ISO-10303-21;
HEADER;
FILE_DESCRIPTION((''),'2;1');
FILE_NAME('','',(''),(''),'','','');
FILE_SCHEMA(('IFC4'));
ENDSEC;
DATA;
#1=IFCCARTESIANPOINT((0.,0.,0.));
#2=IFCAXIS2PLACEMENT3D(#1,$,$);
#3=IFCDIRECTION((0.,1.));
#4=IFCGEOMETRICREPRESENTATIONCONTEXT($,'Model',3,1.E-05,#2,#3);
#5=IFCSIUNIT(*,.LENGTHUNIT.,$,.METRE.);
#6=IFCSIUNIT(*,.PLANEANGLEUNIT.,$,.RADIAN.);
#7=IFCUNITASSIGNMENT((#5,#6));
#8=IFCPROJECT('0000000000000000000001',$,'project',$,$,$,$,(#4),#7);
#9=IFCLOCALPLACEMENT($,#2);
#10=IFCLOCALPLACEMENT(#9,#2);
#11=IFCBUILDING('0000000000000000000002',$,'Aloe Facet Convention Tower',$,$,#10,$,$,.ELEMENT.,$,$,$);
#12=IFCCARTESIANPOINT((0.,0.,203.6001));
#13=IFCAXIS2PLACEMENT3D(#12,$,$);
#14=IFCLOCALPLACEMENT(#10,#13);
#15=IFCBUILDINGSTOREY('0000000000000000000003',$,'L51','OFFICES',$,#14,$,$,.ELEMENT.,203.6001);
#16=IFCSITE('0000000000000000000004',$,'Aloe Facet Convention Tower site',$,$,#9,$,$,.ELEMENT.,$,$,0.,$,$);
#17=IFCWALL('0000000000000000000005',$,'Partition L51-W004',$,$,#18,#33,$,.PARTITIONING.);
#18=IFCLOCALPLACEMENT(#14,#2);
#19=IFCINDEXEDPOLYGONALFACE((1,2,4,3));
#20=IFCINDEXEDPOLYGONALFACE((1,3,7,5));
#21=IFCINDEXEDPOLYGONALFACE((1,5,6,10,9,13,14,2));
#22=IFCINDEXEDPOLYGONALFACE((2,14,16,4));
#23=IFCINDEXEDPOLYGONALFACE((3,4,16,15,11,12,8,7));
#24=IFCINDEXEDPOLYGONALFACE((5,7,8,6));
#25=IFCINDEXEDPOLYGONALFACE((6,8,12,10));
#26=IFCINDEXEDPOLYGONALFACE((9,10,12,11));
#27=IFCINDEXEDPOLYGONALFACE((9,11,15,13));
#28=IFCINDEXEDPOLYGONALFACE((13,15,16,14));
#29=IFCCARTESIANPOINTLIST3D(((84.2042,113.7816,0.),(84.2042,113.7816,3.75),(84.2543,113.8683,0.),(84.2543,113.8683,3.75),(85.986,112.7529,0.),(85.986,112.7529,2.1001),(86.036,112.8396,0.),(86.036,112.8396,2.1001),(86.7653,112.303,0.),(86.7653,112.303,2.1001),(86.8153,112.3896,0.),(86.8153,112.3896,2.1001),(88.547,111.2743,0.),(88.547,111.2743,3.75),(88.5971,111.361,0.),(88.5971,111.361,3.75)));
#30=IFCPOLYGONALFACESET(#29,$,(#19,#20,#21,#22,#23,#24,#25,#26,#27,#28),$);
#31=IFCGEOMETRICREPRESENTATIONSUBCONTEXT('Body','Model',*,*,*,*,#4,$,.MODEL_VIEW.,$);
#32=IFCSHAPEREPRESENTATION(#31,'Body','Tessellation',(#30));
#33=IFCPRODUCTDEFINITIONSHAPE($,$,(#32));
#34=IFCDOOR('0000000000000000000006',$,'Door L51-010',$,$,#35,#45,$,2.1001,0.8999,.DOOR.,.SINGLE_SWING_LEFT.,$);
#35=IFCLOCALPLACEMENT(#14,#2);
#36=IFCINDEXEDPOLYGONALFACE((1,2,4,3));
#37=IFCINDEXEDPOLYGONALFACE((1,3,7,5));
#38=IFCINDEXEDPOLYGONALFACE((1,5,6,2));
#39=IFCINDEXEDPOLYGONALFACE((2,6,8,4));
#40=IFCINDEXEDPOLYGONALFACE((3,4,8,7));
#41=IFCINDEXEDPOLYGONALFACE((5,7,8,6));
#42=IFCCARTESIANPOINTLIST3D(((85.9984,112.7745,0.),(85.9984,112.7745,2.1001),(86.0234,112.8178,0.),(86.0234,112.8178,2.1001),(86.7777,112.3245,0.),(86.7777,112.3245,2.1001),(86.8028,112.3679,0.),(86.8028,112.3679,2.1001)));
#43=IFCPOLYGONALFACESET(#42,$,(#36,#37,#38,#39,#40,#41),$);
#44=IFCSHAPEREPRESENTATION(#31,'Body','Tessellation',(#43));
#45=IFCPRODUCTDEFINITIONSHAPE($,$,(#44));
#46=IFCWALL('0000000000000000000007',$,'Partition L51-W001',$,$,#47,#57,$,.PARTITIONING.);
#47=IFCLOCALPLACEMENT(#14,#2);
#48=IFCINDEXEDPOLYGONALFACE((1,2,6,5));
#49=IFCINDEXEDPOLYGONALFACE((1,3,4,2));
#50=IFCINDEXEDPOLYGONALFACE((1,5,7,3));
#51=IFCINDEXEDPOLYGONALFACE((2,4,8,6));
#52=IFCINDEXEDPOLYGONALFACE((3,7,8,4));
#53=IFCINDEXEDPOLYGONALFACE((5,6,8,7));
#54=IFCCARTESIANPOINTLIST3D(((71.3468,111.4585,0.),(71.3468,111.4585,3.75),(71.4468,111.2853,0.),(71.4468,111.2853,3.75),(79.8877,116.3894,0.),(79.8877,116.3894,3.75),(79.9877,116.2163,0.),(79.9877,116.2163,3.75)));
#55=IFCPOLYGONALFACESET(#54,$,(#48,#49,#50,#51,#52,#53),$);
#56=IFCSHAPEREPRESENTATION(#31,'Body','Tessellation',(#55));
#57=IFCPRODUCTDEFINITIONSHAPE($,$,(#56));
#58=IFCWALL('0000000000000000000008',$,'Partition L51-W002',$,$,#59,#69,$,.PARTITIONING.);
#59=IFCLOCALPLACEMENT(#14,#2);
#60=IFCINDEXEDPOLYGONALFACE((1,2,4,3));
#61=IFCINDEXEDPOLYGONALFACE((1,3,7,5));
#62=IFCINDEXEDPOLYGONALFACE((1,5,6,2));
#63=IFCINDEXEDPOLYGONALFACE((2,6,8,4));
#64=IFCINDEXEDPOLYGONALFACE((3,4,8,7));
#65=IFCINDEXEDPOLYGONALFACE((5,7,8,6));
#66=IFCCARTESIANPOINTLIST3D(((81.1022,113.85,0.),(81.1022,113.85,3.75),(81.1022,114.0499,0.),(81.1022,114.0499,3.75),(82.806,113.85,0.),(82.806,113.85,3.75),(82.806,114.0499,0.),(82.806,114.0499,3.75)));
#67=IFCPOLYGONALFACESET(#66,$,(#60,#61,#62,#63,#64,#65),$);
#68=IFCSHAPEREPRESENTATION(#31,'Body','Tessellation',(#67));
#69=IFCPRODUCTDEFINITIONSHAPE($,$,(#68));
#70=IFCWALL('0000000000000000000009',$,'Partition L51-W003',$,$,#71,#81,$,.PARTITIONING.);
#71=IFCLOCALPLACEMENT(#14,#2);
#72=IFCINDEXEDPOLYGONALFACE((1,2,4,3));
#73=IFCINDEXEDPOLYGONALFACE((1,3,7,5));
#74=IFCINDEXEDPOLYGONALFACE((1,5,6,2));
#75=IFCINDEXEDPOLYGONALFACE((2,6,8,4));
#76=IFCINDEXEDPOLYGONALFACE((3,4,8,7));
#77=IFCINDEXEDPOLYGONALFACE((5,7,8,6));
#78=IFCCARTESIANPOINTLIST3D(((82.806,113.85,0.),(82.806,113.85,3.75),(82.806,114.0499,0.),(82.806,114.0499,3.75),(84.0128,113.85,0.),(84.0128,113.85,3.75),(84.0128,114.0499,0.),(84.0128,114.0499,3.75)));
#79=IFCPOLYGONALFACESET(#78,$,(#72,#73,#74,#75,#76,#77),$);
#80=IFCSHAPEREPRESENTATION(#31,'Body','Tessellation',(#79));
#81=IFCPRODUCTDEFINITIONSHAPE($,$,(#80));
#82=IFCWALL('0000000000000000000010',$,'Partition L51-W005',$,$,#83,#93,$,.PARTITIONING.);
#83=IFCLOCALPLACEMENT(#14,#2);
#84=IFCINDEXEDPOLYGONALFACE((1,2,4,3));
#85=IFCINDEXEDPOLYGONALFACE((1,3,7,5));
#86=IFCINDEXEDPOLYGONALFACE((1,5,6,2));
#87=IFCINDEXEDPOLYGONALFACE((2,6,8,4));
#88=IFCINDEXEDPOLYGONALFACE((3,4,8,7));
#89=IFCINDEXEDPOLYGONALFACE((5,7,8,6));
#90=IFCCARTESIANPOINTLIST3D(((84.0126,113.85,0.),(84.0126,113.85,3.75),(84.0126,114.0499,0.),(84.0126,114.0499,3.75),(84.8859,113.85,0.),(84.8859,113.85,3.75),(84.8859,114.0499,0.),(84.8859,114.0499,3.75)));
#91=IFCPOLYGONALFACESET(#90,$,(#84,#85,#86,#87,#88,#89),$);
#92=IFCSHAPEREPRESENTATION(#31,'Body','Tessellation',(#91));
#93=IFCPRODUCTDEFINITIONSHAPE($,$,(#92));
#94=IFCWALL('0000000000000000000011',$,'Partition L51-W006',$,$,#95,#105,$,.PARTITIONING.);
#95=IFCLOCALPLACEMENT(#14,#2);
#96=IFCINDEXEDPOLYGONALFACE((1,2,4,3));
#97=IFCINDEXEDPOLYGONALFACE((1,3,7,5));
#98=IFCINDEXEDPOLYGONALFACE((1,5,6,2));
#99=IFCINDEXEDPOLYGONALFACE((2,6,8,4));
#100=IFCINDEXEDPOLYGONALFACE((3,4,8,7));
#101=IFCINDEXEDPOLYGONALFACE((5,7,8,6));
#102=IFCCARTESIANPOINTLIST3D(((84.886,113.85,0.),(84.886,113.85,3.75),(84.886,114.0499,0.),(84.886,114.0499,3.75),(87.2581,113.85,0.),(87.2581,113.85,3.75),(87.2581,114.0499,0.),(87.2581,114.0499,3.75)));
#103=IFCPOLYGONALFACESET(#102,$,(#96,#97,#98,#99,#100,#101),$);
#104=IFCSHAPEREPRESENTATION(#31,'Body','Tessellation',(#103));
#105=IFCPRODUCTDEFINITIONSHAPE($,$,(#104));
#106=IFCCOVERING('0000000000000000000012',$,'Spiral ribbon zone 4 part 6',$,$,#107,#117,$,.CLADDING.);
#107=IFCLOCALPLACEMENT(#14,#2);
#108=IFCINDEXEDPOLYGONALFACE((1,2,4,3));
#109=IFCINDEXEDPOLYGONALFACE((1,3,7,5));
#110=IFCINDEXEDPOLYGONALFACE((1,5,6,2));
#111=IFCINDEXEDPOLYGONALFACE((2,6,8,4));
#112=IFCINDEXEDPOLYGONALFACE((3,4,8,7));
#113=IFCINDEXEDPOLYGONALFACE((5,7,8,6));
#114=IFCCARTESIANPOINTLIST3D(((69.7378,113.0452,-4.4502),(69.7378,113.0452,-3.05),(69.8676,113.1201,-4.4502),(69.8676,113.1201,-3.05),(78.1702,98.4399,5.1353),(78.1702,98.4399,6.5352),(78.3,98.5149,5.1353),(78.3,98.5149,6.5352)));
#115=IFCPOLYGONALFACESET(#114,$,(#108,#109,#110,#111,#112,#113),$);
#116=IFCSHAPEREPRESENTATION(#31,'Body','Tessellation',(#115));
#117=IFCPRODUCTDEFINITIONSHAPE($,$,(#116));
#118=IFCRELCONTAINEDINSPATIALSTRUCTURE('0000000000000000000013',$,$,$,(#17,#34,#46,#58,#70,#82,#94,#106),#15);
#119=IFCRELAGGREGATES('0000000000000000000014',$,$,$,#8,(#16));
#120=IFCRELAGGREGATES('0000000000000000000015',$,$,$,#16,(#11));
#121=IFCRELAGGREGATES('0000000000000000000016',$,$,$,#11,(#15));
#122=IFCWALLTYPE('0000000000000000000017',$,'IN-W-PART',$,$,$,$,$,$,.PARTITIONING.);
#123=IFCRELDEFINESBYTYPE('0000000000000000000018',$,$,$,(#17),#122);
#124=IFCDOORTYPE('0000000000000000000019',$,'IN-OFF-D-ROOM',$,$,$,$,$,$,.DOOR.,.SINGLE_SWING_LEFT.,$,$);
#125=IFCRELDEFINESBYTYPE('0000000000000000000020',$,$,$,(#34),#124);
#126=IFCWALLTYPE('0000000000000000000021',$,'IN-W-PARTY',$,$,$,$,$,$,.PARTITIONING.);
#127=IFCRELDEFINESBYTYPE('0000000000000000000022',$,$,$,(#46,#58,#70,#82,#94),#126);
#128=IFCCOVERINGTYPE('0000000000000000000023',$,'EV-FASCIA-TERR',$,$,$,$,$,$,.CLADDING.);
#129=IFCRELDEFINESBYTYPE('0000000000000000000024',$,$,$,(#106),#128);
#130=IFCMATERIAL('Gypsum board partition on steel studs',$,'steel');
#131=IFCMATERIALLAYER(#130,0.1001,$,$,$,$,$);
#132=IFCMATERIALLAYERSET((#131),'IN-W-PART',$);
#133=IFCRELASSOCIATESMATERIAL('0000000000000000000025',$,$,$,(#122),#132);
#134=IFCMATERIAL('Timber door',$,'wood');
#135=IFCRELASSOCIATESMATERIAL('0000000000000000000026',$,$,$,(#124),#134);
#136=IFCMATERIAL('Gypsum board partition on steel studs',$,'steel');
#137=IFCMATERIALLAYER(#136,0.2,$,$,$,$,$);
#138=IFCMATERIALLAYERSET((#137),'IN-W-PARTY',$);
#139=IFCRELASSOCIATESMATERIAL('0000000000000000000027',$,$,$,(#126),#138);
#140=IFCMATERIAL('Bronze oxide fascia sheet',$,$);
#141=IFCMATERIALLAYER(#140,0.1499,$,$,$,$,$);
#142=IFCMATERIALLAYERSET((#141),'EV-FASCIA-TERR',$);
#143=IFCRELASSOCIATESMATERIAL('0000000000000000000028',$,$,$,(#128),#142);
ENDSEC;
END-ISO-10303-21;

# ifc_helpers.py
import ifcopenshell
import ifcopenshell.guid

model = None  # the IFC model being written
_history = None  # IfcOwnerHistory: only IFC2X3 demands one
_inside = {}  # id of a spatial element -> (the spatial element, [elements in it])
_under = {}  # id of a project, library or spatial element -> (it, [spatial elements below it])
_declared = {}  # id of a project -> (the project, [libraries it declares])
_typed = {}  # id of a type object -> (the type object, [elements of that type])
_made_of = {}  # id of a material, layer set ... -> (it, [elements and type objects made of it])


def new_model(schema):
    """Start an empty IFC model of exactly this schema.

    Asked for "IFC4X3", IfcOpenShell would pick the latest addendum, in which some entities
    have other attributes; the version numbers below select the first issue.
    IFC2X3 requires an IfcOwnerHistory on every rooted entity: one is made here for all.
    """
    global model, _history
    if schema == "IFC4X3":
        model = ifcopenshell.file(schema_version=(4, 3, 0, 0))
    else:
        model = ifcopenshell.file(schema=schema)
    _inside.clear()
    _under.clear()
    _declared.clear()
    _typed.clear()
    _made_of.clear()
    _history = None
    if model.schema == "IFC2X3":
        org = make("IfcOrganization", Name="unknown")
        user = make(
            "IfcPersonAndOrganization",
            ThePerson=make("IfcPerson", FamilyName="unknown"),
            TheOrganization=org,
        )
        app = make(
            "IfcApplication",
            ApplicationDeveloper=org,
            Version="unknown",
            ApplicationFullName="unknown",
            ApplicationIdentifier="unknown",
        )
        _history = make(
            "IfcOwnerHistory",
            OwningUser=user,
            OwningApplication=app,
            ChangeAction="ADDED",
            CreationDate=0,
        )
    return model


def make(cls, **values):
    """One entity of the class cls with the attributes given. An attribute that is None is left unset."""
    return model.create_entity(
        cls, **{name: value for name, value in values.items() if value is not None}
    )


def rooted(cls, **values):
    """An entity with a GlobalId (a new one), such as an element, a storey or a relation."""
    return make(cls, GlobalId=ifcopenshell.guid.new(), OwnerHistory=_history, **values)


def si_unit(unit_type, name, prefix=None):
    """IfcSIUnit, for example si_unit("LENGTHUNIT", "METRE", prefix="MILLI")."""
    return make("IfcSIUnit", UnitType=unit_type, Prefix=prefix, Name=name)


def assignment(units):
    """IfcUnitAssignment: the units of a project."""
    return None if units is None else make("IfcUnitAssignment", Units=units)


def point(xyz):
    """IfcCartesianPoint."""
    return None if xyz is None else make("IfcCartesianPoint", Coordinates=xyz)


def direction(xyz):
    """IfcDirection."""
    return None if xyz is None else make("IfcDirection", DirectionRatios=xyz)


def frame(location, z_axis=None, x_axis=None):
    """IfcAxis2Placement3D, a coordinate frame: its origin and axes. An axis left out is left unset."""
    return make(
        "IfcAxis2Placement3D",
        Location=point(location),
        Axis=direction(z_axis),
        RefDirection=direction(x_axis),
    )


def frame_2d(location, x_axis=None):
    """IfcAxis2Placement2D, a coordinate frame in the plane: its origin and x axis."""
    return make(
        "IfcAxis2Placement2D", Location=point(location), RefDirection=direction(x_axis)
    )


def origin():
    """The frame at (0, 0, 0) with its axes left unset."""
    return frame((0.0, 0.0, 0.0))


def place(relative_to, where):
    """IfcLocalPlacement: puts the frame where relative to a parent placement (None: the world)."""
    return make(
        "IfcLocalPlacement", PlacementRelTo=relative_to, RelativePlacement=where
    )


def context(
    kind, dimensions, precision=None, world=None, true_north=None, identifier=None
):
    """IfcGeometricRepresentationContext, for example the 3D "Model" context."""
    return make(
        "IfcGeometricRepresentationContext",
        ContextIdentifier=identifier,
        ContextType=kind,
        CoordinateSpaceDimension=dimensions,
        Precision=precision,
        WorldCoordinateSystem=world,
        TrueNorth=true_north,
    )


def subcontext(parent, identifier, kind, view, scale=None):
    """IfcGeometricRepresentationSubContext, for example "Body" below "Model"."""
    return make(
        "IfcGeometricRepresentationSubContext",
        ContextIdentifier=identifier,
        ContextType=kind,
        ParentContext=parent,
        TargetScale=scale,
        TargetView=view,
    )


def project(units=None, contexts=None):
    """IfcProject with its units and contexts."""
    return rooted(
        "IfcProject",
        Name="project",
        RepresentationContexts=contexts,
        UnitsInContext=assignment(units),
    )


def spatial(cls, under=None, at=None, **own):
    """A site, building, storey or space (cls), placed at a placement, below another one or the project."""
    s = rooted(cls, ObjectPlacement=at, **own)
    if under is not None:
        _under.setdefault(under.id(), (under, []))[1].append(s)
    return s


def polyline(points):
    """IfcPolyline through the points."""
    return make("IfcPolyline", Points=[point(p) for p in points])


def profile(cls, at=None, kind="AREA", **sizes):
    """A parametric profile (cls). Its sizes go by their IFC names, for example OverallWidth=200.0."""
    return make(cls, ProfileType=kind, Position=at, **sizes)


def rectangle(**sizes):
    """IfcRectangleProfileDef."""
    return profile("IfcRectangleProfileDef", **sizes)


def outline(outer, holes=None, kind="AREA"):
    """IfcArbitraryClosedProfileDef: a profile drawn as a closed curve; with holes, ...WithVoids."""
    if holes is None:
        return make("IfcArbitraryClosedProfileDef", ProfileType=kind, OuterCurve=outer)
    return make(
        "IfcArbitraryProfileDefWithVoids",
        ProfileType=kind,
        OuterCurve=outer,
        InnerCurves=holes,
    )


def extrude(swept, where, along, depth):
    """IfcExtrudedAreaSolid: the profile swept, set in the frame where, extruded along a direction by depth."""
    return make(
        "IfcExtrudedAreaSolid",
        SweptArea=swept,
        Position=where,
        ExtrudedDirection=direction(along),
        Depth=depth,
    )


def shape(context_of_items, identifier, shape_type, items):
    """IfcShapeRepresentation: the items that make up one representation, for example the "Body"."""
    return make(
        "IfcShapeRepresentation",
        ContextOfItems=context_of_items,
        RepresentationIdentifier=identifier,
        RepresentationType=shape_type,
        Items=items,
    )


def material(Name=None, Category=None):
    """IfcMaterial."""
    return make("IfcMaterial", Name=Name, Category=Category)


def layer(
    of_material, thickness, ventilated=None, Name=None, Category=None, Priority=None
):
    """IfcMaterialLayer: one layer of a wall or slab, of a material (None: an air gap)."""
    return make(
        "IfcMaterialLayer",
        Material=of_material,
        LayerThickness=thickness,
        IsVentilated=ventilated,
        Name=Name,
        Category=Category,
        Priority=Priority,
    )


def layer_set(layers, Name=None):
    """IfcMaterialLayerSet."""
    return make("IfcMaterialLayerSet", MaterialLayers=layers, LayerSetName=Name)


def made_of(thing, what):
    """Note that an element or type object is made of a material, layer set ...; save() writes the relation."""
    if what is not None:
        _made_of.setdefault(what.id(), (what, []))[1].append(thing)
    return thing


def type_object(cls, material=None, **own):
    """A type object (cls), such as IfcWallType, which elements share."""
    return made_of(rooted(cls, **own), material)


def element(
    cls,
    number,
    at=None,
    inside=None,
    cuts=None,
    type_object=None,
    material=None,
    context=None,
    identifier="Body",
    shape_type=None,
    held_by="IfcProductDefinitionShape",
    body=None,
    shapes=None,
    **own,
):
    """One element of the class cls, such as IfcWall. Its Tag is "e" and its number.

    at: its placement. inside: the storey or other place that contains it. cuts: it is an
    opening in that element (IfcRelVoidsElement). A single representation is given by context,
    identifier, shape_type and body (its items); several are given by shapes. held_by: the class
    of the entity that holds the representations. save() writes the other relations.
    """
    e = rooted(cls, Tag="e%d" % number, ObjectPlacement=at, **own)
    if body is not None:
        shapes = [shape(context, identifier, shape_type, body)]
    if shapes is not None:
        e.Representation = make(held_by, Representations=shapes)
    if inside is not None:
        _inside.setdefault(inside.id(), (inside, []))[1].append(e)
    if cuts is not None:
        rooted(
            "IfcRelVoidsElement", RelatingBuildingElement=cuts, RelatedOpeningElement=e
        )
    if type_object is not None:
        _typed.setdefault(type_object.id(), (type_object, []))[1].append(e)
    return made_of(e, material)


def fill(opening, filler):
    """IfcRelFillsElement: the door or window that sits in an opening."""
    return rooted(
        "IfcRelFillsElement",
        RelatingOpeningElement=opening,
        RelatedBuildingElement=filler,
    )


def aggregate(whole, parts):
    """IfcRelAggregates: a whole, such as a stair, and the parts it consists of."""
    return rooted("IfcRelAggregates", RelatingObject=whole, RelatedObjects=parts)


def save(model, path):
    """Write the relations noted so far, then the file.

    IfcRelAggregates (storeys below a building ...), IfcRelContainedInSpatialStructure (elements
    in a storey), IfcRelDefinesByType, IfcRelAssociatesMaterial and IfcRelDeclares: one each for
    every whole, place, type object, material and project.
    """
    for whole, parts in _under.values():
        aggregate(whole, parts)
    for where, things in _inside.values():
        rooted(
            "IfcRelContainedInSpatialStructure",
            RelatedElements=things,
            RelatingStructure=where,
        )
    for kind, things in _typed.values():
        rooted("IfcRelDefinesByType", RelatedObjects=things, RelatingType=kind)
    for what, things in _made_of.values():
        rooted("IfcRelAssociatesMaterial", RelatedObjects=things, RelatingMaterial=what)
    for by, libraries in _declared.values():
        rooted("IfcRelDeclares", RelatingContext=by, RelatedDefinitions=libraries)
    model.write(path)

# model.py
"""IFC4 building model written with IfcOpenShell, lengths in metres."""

from ifc_helpers import new_model, si_unit, direction, frame, frame_2d, origin, place, context, subcontext, project, spatial, polyline, rectangle, outline, extrude, material, layer, layer_set, type_object, element, fill, save


model = new_model("IFC4")

# Units and contexts
model_context = context("Model", 3, precision=1e-05, world=origin(), true_north=direction((0.0, 1.0)))
body_context = subcontext(model_context, "Body", "Model", "MODEL_VIEW")
ifc_project = project(units=[si_unit("LENGTHUNIT", "METRE"), si_unit("PLANEANGLEUNIT", "RADIAN")], contexts=[model_context])

# Site, building, storey
site_placement = place(None, origin())
site = spatial("IfcSite", under=ifc_project, at=site_placement, Name="Aloe Facet Convention Tower site", CompositionType="ELEMENT", RefElevation=0.0)
building_placement = place(site_placement, origin())
building = spatial("IfcBuilding", under=site, at=building_placement, Name="Aloe Facet Convention Tower", CompositionType="ELEMENT")
storey_placement = place(building_placement, frame((0.0, 0.0, 203.6001)))
storey = spatial("IfcBuildingStorey", under=building, at=storey_placement, Name="L51", Description="OFFICES", CompositionType="ELEMENT", Elevation=203.6001)

# Wall, opening, door
ifc_material_1 = material(Name="Gypsum board partition on steel studs", Category="steel")
ifc_layer_1 = layer(ifc_material_1, 0.1001)
ifc_layer_set_1 = layer_set([ifc_layer_1], Name="IN-W-PART")
wall_type_1 = type_object("IfcWallType", Name="IN-W-PART", PredefinedType="PARTITIONING", material=ifc_layer_set_1)
wall_1_placement = place(storey_placement, frame((84.2292, 113.825, 0.0), z_axis=(0.0, 0.0, 1.0), x_axis=(0.866023, -0.500003, 0.0)))
wall_1 = element("IfcWall", 1, at=wall_1_placement, inside=storey, type_object=wall_type_1, Name="Partition L51-W004", PredefinedType="PARTITIONING", context=body_context, shape_type="SweptSolid", body=[
    extrude(rectangle(XDim=5.0146, YDim=0.1001, at=frame_2d((2.5073, 0.0))), origin(), (0.0, 0.0, 1.0), 3.75),
])
opening_1_placement = place(wall_1_placement, frame((2.0574, 0.0, 0.0)))
opening_1 = element("IfcOpeningElement", 2, at=opening_1_placement, cuts=wall_1, PredefinedType="OPENING", context=body_context, shape_type="SweptSolid", body=[
    extrude(rectangle(XDim=0.8999, YDim=2.1001, at=frame_2d((0.45, 1.05))), frame((0.0, 0.0601, 0.0), z_axis=(0.0, -1.0, 0.0), x_axis=(1.0, 0.0, 0.0)), (0.0, 0.0, 1.0), 0.1201),
])
ifc_material_2 = material(Name="Timber door", Category="wood")
door_type = type_object("IfcDoorType", Name="IN-OFF-D-ROOM", OperationType="SINGLE_SWING_LEFT", PredefinedType="DOOR", material=ifc_material_2)
door_placement = place(opening_1_placement, origin())
door = element("IfcDoor", 3, at=door_placement, inside=storey, type_object=door_type, Name="Door L51-010", OperationType="SINGLE_SWING_LEFT", OverallHeight=2.1001, OverallWidth=0.8999, PredefinedType="DOOR", context=body_context, shape_type="SweptSolid", body=[
    extrude(rectangle(XDim=0.8999, YDim=2.1001, at=frame_2d((0.45, 1.05))), frame((0.0, 0.0249, 0.0), z_axis=(0.0, -1.0, 0.0), x_axis=(1.0, 0.0, 0.0)), (0.0, 0.0, 1.0), 0.05),
])
fill(opening_1, door)

# Walls
ifc_material_3 = material(Name="Gypsum board partition on steel studs", Category="steel")
ifc_layer_2 = layer(ifc_material_3, 0.2)
ifc_layer_set_2 = layer_set([ifc_layer_2], Name="IN-W-PARTY")
wall_type_2 = type_object("IfcWallType", Name="IN-W-PARTY", PredefinedType="PARTITIONING", material=ifc_layer_set_2)
wall_2_placement = place(storey_placement, frame((71.3967, 111.3718, 0.0), z_axis=(0.0, 0.0, 1.0), x_axis=(0.86603, 0.499992, 0.0)))
element("IfcWall", 4, at=wall_2_placement, inside=storey, type_object=wall_type_2, Name="Partition L51-W001", PredefinedType="PARTITIONING", context=body_context, shape_type="SweptSolid", body=[
    extrude(rectangle(XDim=9.8621, YDim=0.2, at=frame_2d((4.9312, 0.0))), origin(), (0.0, 0.0, 1.0), 3.75),
])
wall_3_placement = place(storey_placement, frame((81.1021, 113.95, 0.0), z_axis=(0.0, 0.0, 1.0), x_axis=(1.0, 0.0, 0.0)))
element("IfcWall", 5, at=wall_3_placement, inside=storey, type_object=wall_type_2, Name="Partition L51-W002", PredefinedType="PARTITIONING", context=body_context, shape_type="SweptSolid", body=[
    extrude(rectangle(XDim=1.7039, YDim=0.2, at=frame_2d((0.8521, 0.0))), origin(), (0.0, 0.0, 1.0), 3.75),
])
wall_4_placement = place(storey_placement, frame((82.8059, 113.95, 0.0), z_axis=(0.0, 0.0, 1.0), x_axis=(1.0, 0.0, 0.0)))
element("IfcWall", 6, at=wall_4_placement, inside=storey, type_object=wall_type_2, Name="Partition L51-W003", PredefinedType="PARTITIONING", context=body_context, shape_type="SweptSolid", body=[
    extrude(rectangle(XDim=1.2068, YDim=0.2, at=frame_2d((0.6035, 0.0))), origin(), (0.0, 0.0, 1.0), 3.75),
])
wall_5_placement = place(storey_placement, frame((84.0127, 113.95, 0.0), z_axis=(0.0, 0.0, 1.0), x_axis=(1.0, 0.0, 0.0)))
element("IfcWall", 7, at=wall_5_placement, inside=storey, type_object=wall_type_2, Name="Partition L51-W005", PredefinedType="PARTITIONING", context=body_context, shape_type="SweptSolid", body=[
    extrude(rectangle(XDim=0.8733, YDim=0.2, at=frame_2d((0.4365, 0.0))), origin(), (0.0, 0.0, 1.0), 3.75),
])
wall_6_placement = place(storey_placement, frame((84.886, 113.95, 0.0), z_axis=(0.0, 0.0, 1.0), x_axis=(1.0, 0.0, 0.0)))
element("IfcWall", 8, at=wall_6_placement, inside=storey, type_object=wall_type_2, Name="Partition L51-W006", PredefinedType="PARTITIONING", context=body_context, shape_type="SweptSolid", body=[
    extrude(rectangle(XDim=2.3721, YDim=0.2, at=frame_2d((1.186, 0.0))), origin(), (0.0, 0.0, 1.0), 3.75),
])

# Covering
ifc_material_4 = material(Name="Bronze oxide fascia sheet")
ifc_layer_3 = layer(ifc_material_4, 0.1499)
ifc_layer_set_3 = layer_set([ifc_layer_3], Name="EV-FASCIA-TERR")
covering_type = type_object("IfcCoveringType", Name="EV-FASCIA-TERR", PredefinedType="CLADDING", material=ifc_layer_set_3)
covering_placement = place(storey_placement, frame((69.7378, 113.0452, -4.4502), z_axis=(-0.866024, -0.500002, 0.0), x_axis=(0.434694, -0.752908, 0.494136)))
element("IfcCovering", 9, at=covering_placement, inside=storey, type_object=covering_type, Name="Spiral ribbon zone 4 part 6", PredefinedType="CLADDING", context=body_context, shape_type="SweptSolid", body=[
    extrude(outline(polyline([(0.0, 0.0), (19.3984, 0.0), (20.0902, 1.2171), (0.6919, 1.2173), (0.0, 0.0)])), origin(), (0.0, 0.0, -1.0), 0.1499),
])

save(model, "model.ifc")
